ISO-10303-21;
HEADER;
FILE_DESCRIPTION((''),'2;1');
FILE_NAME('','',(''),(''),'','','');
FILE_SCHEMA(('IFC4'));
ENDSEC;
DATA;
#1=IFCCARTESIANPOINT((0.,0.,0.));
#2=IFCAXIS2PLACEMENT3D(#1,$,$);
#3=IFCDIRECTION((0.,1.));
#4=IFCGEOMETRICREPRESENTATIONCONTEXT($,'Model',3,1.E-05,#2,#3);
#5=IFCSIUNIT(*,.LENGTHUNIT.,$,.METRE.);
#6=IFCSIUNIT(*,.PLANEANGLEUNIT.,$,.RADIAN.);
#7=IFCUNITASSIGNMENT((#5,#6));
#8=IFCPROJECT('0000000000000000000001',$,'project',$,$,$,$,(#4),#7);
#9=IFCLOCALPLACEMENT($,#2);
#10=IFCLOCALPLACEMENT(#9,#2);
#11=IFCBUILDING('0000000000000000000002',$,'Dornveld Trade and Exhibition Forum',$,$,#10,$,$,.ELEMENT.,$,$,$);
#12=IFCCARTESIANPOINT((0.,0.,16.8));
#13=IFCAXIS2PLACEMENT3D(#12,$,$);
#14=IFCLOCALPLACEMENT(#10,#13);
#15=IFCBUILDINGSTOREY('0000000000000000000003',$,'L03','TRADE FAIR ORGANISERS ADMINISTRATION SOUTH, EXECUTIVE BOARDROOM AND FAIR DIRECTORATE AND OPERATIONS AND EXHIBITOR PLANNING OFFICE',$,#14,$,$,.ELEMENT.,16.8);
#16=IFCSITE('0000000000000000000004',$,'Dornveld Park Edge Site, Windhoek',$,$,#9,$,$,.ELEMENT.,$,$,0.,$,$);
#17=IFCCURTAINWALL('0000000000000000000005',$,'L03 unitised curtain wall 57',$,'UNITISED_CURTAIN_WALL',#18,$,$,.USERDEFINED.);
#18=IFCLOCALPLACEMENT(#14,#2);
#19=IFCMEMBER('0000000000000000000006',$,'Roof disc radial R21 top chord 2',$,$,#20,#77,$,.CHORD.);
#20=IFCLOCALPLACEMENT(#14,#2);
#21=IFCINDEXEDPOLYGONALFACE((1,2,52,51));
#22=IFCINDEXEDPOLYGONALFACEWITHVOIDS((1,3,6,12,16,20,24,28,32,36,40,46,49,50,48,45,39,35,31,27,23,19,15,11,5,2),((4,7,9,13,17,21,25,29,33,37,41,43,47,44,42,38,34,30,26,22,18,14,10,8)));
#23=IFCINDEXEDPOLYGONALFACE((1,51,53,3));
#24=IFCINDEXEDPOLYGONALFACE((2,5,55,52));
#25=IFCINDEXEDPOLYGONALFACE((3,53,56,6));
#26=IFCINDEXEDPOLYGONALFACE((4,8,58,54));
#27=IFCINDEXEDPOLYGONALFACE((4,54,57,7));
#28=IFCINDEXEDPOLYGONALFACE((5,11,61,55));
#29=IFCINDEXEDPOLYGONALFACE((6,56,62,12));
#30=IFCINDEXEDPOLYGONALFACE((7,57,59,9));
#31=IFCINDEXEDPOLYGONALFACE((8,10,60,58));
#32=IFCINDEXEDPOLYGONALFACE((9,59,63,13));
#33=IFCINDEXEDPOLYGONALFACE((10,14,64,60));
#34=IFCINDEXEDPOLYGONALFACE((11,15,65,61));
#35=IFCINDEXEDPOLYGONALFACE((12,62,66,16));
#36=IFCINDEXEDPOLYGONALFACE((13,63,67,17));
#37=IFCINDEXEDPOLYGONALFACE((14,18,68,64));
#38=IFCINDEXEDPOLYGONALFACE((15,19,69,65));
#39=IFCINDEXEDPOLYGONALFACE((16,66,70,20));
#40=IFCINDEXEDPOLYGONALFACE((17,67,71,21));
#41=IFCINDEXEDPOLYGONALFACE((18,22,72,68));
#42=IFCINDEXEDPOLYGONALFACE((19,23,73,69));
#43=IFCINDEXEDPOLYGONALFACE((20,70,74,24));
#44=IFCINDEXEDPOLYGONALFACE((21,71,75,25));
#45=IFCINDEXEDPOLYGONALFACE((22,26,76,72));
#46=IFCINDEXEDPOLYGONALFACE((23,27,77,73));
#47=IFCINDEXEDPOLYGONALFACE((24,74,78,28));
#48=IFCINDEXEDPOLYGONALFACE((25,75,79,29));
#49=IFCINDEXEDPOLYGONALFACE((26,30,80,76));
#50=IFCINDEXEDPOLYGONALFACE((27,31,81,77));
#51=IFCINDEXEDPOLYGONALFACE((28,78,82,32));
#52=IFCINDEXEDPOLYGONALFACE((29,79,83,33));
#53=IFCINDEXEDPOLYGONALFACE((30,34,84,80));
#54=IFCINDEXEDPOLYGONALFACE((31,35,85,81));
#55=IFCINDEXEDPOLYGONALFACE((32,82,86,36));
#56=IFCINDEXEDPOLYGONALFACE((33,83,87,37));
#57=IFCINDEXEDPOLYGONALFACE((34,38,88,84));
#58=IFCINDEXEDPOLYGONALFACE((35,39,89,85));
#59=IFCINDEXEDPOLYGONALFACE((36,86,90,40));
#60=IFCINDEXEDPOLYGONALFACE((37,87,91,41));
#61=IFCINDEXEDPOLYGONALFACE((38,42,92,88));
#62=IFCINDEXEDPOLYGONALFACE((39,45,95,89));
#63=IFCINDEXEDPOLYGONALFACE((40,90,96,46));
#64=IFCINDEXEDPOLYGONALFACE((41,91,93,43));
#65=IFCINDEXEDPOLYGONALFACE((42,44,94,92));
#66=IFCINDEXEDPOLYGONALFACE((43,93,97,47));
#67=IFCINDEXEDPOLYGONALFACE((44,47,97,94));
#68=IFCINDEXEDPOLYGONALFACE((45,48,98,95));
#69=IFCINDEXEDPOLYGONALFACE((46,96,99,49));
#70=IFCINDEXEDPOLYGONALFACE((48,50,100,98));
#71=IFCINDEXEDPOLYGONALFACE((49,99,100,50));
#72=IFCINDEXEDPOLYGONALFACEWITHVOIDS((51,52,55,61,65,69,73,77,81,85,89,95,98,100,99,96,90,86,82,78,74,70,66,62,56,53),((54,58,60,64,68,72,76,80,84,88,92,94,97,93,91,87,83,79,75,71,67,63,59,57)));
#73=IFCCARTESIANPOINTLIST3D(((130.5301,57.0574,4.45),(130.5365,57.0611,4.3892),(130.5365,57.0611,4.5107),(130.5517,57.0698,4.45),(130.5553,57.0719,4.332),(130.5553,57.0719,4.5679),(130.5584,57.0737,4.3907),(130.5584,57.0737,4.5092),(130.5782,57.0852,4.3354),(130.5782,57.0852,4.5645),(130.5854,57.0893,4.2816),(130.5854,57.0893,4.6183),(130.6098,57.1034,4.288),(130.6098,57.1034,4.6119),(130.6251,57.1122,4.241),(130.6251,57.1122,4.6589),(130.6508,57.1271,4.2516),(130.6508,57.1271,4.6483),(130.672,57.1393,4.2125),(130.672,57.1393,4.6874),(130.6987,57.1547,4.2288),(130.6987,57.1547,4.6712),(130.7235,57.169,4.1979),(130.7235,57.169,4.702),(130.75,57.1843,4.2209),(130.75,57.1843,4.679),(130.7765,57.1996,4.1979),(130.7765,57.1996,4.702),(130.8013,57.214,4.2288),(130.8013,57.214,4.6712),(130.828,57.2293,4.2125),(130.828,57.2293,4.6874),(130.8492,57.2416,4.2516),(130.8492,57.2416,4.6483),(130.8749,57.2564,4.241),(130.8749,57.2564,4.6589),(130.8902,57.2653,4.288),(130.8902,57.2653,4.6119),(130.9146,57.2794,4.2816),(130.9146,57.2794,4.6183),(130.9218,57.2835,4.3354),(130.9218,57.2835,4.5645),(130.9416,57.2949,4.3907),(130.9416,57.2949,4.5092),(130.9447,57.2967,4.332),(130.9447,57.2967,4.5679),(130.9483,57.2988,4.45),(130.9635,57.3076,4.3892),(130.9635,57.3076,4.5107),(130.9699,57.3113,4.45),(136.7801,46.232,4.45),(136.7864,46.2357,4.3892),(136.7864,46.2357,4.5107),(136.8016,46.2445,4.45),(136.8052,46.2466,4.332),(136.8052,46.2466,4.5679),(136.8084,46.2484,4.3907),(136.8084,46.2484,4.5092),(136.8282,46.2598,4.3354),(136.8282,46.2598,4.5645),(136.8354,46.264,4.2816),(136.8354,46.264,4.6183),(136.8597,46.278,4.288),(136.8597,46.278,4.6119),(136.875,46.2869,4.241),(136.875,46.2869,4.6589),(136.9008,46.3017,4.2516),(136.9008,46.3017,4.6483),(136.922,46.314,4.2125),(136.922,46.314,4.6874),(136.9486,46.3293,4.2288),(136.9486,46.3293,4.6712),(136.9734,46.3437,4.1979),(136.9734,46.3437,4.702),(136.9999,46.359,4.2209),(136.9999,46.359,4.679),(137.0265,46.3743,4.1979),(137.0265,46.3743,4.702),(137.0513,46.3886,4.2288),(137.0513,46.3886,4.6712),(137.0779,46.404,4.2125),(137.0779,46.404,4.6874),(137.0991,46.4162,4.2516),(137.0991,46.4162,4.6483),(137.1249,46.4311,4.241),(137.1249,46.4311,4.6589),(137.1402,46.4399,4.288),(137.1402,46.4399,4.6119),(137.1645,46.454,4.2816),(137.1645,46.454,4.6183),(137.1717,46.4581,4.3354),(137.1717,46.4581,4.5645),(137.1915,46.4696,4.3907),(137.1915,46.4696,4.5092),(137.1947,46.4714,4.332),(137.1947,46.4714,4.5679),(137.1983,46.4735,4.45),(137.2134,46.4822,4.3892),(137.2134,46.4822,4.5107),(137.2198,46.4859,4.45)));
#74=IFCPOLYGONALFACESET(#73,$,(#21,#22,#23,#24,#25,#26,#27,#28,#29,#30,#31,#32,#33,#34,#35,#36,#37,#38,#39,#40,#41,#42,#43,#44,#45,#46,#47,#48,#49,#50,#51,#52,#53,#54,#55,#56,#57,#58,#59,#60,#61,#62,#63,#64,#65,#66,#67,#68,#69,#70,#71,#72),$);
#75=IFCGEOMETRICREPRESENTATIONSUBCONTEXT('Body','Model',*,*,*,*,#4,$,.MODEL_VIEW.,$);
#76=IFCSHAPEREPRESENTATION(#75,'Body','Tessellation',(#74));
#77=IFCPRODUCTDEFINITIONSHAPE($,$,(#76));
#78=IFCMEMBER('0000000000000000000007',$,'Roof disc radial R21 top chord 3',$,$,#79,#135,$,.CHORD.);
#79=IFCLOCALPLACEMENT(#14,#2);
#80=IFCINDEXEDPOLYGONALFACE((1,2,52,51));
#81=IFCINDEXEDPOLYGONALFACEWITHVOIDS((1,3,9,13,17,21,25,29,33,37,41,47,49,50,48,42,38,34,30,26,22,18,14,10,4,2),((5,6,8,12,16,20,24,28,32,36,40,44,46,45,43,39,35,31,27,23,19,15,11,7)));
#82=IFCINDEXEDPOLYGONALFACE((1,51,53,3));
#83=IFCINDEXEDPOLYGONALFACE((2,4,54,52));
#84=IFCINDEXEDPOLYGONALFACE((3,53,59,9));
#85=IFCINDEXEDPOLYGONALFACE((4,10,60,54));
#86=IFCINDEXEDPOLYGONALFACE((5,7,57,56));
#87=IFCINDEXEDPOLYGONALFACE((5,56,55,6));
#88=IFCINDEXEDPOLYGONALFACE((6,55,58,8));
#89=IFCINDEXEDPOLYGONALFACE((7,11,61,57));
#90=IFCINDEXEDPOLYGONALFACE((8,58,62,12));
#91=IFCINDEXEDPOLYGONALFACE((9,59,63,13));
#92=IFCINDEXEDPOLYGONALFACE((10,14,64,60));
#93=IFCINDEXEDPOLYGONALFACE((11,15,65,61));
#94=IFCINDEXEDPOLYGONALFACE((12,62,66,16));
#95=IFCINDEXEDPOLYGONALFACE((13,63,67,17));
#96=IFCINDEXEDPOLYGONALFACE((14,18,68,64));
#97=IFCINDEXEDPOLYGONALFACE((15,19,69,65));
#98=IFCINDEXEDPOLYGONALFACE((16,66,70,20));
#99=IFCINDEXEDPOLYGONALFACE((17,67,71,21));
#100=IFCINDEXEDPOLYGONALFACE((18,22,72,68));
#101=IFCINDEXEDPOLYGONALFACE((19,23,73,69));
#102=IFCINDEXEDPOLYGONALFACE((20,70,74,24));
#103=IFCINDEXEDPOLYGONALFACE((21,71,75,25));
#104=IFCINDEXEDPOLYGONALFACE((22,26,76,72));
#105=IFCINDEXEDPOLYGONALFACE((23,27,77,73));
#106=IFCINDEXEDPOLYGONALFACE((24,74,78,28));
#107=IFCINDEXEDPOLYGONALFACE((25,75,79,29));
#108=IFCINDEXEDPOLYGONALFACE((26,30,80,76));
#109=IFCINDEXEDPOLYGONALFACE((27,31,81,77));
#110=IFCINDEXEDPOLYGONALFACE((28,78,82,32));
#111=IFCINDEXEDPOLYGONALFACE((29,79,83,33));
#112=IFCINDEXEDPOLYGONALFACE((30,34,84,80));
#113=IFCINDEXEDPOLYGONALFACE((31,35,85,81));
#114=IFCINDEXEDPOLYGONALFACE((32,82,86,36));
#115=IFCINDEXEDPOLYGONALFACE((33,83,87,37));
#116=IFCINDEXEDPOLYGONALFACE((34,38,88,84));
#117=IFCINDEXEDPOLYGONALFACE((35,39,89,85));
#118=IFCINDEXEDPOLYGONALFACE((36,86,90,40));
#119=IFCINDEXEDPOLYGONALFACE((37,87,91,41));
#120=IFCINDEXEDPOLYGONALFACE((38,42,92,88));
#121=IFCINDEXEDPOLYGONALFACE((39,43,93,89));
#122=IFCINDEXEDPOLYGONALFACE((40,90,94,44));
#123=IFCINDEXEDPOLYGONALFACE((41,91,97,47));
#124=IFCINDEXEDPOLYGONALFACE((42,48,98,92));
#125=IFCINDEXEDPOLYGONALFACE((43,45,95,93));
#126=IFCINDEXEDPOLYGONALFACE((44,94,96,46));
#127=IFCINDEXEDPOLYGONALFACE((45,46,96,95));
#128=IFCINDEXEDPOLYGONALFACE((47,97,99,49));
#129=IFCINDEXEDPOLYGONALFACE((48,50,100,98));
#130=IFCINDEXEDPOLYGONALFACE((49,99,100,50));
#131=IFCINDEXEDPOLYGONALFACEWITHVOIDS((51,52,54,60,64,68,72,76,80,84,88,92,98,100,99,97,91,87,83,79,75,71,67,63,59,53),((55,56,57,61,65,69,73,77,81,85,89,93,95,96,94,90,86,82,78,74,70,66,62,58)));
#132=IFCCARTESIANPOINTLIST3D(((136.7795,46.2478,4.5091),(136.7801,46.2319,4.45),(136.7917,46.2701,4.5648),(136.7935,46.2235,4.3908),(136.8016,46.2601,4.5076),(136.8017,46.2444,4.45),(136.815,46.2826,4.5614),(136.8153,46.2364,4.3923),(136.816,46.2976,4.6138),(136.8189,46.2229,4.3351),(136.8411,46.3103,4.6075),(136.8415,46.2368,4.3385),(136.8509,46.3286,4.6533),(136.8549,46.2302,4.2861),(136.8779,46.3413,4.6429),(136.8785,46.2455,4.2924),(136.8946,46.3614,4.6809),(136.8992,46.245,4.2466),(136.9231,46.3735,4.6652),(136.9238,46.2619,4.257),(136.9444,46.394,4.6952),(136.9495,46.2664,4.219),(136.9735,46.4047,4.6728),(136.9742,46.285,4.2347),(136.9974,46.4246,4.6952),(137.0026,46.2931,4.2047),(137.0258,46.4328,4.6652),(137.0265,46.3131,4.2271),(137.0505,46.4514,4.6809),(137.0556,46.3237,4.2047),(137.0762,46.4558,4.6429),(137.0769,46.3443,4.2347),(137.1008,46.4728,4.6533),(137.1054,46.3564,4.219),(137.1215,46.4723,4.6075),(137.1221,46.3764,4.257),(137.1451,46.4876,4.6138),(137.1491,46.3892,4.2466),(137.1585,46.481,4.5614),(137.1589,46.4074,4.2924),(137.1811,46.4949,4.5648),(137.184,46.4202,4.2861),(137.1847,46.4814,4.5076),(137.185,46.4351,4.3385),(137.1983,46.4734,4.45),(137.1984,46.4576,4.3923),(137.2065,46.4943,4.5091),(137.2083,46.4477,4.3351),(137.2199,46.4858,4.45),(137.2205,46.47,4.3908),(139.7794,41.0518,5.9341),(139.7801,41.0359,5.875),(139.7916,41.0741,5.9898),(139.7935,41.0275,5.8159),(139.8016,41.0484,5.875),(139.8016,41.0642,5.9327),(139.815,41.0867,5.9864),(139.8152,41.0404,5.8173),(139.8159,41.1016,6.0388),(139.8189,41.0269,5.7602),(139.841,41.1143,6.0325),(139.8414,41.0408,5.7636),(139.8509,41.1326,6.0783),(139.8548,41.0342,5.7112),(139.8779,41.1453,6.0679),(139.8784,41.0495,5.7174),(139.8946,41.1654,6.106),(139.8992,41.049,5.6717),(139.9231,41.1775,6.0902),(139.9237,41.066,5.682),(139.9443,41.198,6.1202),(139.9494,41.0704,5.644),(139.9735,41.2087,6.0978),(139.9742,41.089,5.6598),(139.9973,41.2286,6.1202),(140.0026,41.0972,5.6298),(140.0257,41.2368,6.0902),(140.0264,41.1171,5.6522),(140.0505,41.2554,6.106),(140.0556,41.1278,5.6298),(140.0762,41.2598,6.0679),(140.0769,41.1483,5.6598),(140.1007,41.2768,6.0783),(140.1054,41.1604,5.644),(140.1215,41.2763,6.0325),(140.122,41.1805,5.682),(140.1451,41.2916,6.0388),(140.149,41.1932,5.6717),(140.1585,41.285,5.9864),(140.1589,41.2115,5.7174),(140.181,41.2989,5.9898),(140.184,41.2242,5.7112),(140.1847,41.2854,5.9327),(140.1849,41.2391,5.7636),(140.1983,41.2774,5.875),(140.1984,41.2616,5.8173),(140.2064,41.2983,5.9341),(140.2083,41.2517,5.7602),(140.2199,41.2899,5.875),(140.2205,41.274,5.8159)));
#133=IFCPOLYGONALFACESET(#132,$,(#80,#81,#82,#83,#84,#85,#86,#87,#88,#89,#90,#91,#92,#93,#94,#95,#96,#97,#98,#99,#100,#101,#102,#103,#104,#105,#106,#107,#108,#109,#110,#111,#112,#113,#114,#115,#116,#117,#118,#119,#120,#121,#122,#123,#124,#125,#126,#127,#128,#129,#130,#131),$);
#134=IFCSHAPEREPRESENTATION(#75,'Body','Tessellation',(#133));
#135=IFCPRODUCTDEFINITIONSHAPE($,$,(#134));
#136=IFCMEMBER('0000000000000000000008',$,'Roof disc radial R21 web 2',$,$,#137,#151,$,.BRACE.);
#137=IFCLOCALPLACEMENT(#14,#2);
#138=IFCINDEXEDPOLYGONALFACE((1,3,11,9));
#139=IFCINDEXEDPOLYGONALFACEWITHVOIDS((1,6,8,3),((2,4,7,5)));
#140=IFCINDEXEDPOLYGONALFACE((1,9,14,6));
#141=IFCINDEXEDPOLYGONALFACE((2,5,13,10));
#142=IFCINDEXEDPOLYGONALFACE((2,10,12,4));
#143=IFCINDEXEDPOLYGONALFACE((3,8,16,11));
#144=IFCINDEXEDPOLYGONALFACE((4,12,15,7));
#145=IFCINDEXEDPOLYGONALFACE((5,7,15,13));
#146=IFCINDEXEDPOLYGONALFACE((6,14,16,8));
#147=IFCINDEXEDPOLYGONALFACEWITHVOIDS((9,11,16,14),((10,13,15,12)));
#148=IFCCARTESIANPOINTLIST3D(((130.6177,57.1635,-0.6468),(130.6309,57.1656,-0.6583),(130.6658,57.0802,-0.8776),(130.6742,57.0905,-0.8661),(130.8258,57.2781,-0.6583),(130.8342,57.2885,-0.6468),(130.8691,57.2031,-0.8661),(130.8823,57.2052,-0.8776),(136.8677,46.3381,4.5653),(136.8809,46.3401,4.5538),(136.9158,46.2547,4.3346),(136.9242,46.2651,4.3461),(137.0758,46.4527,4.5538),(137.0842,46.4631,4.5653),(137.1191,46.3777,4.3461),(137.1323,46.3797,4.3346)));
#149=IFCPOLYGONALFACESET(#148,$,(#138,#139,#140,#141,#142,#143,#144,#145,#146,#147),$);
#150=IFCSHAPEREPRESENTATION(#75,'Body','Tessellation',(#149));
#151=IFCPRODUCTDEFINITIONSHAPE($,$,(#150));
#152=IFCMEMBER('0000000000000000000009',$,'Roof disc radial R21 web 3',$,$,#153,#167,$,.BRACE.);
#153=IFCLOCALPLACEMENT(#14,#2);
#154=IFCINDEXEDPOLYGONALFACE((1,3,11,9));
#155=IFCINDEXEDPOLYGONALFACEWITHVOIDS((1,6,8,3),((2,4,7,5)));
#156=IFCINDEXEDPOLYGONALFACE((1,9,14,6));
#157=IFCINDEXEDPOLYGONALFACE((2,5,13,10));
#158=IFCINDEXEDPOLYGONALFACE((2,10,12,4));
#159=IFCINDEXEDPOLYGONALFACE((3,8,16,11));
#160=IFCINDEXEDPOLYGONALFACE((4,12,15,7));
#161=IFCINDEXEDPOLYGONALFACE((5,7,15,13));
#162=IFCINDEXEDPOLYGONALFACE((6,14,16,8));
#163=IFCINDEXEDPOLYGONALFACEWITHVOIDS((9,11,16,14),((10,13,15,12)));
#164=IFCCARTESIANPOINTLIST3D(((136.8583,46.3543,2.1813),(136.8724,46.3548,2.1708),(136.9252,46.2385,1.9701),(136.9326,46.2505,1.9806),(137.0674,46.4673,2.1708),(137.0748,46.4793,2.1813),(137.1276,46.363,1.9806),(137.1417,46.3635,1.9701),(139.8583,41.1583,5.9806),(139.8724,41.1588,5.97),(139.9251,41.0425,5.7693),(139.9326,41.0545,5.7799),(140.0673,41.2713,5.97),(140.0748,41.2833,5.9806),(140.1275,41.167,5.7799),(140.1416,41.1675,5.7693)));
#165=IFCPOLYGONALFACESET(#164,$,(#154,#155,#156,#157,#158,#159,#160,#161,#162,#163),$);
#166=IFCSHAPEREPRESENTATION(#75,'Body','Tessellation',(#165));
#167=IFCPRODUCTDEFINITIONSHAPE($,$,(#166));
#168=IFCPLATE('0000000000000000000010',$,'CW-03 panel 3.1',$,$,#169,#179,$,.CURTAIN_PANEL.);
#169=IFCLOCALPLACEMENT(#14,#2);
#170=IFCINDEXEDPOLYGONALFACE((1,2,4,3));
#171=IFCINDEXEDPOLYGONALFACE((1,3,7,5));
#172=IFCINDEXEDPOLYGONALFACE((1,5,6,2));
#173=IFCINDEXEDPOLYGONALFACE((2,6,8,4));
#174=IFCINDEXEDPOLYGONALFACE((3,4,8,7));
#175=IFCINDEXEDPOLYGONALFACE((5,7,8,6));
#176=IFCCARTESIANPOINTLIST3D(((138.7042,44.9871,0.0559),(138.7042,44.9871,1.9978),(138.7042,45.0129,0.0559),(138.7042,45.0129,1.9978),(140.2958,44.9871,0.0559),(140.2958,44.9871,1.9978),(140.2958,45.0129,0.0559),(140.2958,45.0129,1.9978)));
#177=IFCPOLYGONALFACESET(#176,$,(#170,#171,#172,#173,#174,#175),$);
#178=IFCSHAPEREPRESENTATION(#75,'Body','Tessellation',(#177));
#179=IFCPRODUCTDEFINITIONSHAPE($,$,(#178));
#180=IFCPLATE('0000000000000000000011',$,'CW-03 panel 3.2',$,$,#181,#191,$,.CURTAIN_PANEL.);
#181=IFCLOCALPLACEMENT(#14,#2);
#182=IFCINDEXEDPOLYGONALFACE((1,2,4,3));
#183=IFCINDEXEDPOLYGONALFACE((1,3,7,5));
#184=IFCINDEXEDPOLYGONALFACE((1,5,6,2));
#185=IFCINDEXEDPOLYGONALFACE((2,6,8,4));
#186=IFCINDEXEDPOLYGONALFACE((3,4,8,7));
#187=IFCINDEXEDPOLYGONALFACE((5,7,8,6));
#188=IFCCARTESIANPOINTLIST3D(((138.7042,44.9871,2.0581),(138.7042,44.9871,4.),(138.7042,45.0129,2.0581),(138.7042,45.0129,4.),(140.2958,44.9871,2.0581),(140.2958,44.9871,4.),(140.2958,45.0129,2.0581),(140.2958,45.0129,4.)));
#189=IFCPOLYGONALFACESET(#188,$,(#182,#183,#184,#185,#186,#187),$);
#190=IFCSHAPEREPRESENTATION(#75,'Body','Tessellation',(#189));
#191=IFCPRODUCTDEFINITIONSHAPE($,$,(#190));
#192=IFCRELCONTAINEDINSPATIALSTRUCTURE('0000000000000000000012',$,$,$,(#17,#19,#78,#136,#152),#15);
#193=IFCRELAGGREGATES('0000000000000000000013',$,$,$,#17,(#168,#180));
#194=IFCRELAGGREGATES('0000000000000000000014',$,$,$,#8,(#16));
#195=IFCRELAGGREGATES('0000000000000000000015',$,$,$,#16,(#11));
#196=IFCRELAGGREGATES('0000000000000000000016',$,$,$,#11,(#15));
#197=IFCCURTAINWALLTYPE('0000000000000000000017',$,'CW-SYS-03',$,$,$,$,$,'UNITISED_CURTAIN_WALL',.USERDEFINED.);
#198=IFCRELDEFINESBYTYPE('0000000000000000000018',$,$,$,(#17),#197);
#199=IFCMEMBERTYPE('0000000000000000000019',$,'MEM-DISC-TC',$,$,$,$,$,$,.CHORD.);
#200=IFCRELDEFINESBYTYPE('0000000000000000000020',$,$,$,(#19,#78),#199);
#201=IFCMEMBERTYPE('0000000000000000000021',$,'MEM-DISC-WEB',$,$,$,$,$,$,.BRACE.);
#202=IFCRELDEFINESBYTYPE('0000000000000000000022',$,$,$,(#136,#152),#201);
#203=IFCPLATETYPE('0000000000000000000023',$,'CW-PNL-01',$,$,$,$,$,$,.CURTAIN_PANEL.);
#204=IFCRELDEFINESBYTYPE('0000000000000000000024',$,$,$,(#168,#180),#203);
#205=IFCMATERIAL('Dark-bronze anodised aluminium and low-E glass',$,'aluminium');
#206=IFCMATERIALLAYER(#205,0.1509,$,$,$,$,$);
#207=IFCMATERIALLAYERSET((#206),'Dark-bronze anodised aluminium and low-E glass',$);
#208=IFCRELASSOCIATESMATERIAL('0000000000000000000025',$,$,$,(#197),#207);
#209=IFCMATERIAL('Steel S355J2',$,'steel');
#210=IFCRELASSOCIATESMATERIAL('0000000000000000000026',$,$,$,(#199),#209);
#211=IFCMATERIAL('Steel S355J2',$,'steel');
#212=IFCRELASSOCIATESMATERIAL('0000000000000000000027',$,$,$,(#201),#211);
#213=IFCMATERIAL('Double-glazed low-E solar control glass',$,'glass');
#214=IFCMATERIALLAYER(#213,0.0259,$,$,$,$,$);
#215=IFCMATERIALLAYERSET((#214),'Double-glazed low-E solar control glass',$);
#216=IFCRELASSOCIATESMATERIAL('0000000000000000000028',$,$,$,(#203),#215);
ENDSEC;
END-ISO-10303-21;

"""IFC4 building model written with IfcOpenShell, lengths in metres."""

from ifc_helpers import new_model, si_unit, direction, frame, origin, origin_2d, place, context, subcontext, project, spatial, rectangle, hollow_rectangle, hollow_circle, extrude, material, layer, layer_set, material_profile, profile_set, type_object, element, aggregate, save


model = new_model("IFC4")

# Units and contexts
model_context = context("Model", 3, precision=1e-05, world=origin(), true_north=direction((0.0, 1.0)))
body_context = subcontext(model_context, "Body", "Model", "MODEL_VIEW")
ifc_project = project(units=[si_unit("LENGTHUNIT", "METRE"), si_unit("PLANEANGLEUNIT", "RADIAN")], contexts=[model_context])

# Site, building, storey
site_placement = place(None, origin())
site = spatial("IfcSite", under=ifc_project, at=site_placement, Name="Dornveld Park Edge Site, Windhoek", CompositionType="ELEMENT", RefElevation=0.0)
building_placement = place(site_placement, origin())
building = spatial("IfcBuilding", under=site, at=building_placement, Name="Dornveld Trade and Exhibition Forum", CompositionType="ELEMENT")
storey_placement = place(building_placement, frame((0.0, 0.0, 16.8)))
storey = spatial("IfcBuildingStorey", under=building, at=storey_placement, Name="L03", Description="TRADE FAIR ORGANISERS ADMINISTRATION SOUTH, EXECUTIVE BOARDROOM AND FAIR DIRECTORATE AND OPERATIONS AND EXHIBITOR PLANNING OFFICE", CompositionType="ELEMENT", Elevation=16.8)

# Curtain wall
ifc_material_1 = material(Name="Dark-bronze anodised aluminium and low-E glass", Category="aluminium")
ifc_layer_1 = layer(ifc_material_1, 0.1509)
ifc_layer_set_1 = layer_set([ifc_layer_1], Name="Dark-bronze anodised aluminium and low-E glass")
curtain_wall_type = type_object("IfcCurtainWallType", Name="CW-SYS-03", ElementType="UNITISED_CURTAIN_WALL", PredefinedType="USERDEFINED", material=ifc_layer_set_1)
curtain_wall_placement = place(storey_placement, origin())
curtain_wall = element("IfcCurtainWall", 1, at=curtain_wall_placement, inside=storey, type_object=curtain_wall_type, Name="L03 unitised curtain wall 57", ObjectType="UNITISED_CURTAIN_WALL", PredefinedType="USERDEFINED")

# Members
ifc_material_2 = material(Name="Steel S355J2", Category="steel")
ifc_material_profile_1 = material_profile(ifc_material_2, hollow_circle(Radius=0.2539, WallThickness=0.0249, at=origin_2d()), Name="CHS 508x25")
ifc_profile_set_1 = profile_set([ifc_material_profile_1], Name="Steel S355J2")
member_type_1 = type_object("IfcMemberType", Name="MEM-DISC-TC", PredefinedType="CHORD", material=ifc_profile_set_1)
member_1_placement = place(storey_placement, frame((130.75, 57.1843, 4.45), z_axis=(0.499996, -0.866028, 0.0), x_axis=(0.866028, 0.499996, 0.0)))
element("IfcMember", 2, at=member_1_placement, inside=storey, type_object=member_type_1, Name="Roof disc radial R21 top chord 2", PredefinedType="CHORD", context=body_context, shape_type="SweptSolid", body=[
    extrude(hollow_circle(Radius=0.2539, WallThickness=0.0249, at=origin_2d()), origin(), (0.0, 0.0, 1.0), 12.5),
])
member_2_placement = place(storey_placement, frame((137.0, 46.3589, 4.45), z_axis=(0.486475, -0.842581, 0.231083), x_axis=(0.866021, 0.500008, 0.0)))
element("IfcMember", 3, at=member_2_placement, inside=storey, type_object=member_type_1, Name="Roof disc radial R21 top chord 3", PredefinedType="CHORD", context=body_context, shape_type="SweptSolid", body=[
    extrude(hollow_circle(Radius=0.2539, WallThickness=0.0249, at=origin_2d()), origin(), (0.0, 0.0, 1.0), 6.1667),
])
ifc_material_3 = material(Name="Steel S355J2", Category="steel")
ifc_material_profile_2 = material_profile(ifc_material_3, hollow_rectangle(XDim=0.25, YDim=0.25, WallThickness=0.0125, at=origin_2d()), Name="SHS 250x250x12.5")
ifc_profile_set_2 = profile_set([ifc_material_profile_2], Name="Steel S355J2")
member_type_2 = type_object("IfcMemberType", Name="MEM-DISC-WEB", PredefinedType="BRACE", material=ifc_profile_set_2)
member_3_placement = place(storey_placement, frame((130.75, 57.1843, -0.7622), z_axis=(0.461485, -0.799324, 0.384853), x_axis=(0.866028, 0.499996, 0.0)))
element("IfcMember", 4, at=member_3_placement, inside=storey, type_object=member_type_2, Name="Roof disc radial R21 web 2", PredefinedType="BRACE", context=body_context, shape_type="SweptSolid", body=[
    extrude(hollow_rectangle(XDim=0.25, YDim=0.25, WallThickness=0.0125, at=origin_2d()), origin(), (0.0, 0.0, 1.0), 13.5432),
])
member_4_placement = place(storey_placement, frame((137.0, 46.3589, 2.0757), z_axis=(0.422436, -0.731665, 0.534989), x_axis=(0.866021, 0.500008, 0.0)))
element("IfcMember", 5, at=member_4_placement, inside=storey, type_object=member_type_2, Name="Roof disc radial R21 web 3", PredefinedType="BRACE", context=body_context, shape_type="SweptSolid", body=[
    extrude(hollow_rectangle(XDim=0.25, YDim=0.25, WallThickness=0.0125, at=origin_2d()), origin(), (0.0, 0.0, 1.0), 7.1016),
])

# Plates
ifc_material_4 = material(Name="Double-glazed low-E solar control glass", Category="glass")
ifc_layer_2 = layer(ifc_material_4, 0.0259)
ifc_layer_set_2 = layer_set([ifc_layer_2], Name="Double-glazed low-E solar control glass")
plate_type_1 = type_object("IfcPlateType", Name="CW-PNL-01", PredefinedType="CURTAIN_PANEL", material=ifc_layer_set_2)
plate_1_placement = place(storey_placement, frame((139.5, 45.0, 0.0559), z_axis=(0.0, 0.0, 1.0), x_axis=(1.0, 0.0, 0.0)))
plate_1 = element("IfcPlate", 6, at=plate_1_placement, type_object=plate_type_1, Name="CW-03 panel 3.1", PredefinedType="CURTAIN_PANEL", context=body_context, shape_type="SweptSolid", body=[
    extrude(rectangle(XDim=1.5916, YDim=0.0259, at=origin_2d()), origin(), (0.0, 0.0, 1.0), 1.9419),
])
plate_2_placement = place(storey_placement, frame((139.5, 45.0, 2.0581), z_axis=(0.0, 0.0, 1.0), x_axis=(1.0, 0.0, 0.0)))
plate_2 = element("IfcPlate", 7, at=plate_2_placement, type_object=plate_type_1, Name="CW-03 panel 3.2", PredefinedType="CURTAIN_PANEL", context=body_context, shape_type="SweptSolid", body=[
    extrude(rectangle(XDim=1.5916, YDim=0.0259, at=origin_2d()), origin(), (0.0, 0.0, 1.0), 1.9419),
])
aggregate(curtain_wall, [plate_1, plate_2])

save(model, "model.ifc")
